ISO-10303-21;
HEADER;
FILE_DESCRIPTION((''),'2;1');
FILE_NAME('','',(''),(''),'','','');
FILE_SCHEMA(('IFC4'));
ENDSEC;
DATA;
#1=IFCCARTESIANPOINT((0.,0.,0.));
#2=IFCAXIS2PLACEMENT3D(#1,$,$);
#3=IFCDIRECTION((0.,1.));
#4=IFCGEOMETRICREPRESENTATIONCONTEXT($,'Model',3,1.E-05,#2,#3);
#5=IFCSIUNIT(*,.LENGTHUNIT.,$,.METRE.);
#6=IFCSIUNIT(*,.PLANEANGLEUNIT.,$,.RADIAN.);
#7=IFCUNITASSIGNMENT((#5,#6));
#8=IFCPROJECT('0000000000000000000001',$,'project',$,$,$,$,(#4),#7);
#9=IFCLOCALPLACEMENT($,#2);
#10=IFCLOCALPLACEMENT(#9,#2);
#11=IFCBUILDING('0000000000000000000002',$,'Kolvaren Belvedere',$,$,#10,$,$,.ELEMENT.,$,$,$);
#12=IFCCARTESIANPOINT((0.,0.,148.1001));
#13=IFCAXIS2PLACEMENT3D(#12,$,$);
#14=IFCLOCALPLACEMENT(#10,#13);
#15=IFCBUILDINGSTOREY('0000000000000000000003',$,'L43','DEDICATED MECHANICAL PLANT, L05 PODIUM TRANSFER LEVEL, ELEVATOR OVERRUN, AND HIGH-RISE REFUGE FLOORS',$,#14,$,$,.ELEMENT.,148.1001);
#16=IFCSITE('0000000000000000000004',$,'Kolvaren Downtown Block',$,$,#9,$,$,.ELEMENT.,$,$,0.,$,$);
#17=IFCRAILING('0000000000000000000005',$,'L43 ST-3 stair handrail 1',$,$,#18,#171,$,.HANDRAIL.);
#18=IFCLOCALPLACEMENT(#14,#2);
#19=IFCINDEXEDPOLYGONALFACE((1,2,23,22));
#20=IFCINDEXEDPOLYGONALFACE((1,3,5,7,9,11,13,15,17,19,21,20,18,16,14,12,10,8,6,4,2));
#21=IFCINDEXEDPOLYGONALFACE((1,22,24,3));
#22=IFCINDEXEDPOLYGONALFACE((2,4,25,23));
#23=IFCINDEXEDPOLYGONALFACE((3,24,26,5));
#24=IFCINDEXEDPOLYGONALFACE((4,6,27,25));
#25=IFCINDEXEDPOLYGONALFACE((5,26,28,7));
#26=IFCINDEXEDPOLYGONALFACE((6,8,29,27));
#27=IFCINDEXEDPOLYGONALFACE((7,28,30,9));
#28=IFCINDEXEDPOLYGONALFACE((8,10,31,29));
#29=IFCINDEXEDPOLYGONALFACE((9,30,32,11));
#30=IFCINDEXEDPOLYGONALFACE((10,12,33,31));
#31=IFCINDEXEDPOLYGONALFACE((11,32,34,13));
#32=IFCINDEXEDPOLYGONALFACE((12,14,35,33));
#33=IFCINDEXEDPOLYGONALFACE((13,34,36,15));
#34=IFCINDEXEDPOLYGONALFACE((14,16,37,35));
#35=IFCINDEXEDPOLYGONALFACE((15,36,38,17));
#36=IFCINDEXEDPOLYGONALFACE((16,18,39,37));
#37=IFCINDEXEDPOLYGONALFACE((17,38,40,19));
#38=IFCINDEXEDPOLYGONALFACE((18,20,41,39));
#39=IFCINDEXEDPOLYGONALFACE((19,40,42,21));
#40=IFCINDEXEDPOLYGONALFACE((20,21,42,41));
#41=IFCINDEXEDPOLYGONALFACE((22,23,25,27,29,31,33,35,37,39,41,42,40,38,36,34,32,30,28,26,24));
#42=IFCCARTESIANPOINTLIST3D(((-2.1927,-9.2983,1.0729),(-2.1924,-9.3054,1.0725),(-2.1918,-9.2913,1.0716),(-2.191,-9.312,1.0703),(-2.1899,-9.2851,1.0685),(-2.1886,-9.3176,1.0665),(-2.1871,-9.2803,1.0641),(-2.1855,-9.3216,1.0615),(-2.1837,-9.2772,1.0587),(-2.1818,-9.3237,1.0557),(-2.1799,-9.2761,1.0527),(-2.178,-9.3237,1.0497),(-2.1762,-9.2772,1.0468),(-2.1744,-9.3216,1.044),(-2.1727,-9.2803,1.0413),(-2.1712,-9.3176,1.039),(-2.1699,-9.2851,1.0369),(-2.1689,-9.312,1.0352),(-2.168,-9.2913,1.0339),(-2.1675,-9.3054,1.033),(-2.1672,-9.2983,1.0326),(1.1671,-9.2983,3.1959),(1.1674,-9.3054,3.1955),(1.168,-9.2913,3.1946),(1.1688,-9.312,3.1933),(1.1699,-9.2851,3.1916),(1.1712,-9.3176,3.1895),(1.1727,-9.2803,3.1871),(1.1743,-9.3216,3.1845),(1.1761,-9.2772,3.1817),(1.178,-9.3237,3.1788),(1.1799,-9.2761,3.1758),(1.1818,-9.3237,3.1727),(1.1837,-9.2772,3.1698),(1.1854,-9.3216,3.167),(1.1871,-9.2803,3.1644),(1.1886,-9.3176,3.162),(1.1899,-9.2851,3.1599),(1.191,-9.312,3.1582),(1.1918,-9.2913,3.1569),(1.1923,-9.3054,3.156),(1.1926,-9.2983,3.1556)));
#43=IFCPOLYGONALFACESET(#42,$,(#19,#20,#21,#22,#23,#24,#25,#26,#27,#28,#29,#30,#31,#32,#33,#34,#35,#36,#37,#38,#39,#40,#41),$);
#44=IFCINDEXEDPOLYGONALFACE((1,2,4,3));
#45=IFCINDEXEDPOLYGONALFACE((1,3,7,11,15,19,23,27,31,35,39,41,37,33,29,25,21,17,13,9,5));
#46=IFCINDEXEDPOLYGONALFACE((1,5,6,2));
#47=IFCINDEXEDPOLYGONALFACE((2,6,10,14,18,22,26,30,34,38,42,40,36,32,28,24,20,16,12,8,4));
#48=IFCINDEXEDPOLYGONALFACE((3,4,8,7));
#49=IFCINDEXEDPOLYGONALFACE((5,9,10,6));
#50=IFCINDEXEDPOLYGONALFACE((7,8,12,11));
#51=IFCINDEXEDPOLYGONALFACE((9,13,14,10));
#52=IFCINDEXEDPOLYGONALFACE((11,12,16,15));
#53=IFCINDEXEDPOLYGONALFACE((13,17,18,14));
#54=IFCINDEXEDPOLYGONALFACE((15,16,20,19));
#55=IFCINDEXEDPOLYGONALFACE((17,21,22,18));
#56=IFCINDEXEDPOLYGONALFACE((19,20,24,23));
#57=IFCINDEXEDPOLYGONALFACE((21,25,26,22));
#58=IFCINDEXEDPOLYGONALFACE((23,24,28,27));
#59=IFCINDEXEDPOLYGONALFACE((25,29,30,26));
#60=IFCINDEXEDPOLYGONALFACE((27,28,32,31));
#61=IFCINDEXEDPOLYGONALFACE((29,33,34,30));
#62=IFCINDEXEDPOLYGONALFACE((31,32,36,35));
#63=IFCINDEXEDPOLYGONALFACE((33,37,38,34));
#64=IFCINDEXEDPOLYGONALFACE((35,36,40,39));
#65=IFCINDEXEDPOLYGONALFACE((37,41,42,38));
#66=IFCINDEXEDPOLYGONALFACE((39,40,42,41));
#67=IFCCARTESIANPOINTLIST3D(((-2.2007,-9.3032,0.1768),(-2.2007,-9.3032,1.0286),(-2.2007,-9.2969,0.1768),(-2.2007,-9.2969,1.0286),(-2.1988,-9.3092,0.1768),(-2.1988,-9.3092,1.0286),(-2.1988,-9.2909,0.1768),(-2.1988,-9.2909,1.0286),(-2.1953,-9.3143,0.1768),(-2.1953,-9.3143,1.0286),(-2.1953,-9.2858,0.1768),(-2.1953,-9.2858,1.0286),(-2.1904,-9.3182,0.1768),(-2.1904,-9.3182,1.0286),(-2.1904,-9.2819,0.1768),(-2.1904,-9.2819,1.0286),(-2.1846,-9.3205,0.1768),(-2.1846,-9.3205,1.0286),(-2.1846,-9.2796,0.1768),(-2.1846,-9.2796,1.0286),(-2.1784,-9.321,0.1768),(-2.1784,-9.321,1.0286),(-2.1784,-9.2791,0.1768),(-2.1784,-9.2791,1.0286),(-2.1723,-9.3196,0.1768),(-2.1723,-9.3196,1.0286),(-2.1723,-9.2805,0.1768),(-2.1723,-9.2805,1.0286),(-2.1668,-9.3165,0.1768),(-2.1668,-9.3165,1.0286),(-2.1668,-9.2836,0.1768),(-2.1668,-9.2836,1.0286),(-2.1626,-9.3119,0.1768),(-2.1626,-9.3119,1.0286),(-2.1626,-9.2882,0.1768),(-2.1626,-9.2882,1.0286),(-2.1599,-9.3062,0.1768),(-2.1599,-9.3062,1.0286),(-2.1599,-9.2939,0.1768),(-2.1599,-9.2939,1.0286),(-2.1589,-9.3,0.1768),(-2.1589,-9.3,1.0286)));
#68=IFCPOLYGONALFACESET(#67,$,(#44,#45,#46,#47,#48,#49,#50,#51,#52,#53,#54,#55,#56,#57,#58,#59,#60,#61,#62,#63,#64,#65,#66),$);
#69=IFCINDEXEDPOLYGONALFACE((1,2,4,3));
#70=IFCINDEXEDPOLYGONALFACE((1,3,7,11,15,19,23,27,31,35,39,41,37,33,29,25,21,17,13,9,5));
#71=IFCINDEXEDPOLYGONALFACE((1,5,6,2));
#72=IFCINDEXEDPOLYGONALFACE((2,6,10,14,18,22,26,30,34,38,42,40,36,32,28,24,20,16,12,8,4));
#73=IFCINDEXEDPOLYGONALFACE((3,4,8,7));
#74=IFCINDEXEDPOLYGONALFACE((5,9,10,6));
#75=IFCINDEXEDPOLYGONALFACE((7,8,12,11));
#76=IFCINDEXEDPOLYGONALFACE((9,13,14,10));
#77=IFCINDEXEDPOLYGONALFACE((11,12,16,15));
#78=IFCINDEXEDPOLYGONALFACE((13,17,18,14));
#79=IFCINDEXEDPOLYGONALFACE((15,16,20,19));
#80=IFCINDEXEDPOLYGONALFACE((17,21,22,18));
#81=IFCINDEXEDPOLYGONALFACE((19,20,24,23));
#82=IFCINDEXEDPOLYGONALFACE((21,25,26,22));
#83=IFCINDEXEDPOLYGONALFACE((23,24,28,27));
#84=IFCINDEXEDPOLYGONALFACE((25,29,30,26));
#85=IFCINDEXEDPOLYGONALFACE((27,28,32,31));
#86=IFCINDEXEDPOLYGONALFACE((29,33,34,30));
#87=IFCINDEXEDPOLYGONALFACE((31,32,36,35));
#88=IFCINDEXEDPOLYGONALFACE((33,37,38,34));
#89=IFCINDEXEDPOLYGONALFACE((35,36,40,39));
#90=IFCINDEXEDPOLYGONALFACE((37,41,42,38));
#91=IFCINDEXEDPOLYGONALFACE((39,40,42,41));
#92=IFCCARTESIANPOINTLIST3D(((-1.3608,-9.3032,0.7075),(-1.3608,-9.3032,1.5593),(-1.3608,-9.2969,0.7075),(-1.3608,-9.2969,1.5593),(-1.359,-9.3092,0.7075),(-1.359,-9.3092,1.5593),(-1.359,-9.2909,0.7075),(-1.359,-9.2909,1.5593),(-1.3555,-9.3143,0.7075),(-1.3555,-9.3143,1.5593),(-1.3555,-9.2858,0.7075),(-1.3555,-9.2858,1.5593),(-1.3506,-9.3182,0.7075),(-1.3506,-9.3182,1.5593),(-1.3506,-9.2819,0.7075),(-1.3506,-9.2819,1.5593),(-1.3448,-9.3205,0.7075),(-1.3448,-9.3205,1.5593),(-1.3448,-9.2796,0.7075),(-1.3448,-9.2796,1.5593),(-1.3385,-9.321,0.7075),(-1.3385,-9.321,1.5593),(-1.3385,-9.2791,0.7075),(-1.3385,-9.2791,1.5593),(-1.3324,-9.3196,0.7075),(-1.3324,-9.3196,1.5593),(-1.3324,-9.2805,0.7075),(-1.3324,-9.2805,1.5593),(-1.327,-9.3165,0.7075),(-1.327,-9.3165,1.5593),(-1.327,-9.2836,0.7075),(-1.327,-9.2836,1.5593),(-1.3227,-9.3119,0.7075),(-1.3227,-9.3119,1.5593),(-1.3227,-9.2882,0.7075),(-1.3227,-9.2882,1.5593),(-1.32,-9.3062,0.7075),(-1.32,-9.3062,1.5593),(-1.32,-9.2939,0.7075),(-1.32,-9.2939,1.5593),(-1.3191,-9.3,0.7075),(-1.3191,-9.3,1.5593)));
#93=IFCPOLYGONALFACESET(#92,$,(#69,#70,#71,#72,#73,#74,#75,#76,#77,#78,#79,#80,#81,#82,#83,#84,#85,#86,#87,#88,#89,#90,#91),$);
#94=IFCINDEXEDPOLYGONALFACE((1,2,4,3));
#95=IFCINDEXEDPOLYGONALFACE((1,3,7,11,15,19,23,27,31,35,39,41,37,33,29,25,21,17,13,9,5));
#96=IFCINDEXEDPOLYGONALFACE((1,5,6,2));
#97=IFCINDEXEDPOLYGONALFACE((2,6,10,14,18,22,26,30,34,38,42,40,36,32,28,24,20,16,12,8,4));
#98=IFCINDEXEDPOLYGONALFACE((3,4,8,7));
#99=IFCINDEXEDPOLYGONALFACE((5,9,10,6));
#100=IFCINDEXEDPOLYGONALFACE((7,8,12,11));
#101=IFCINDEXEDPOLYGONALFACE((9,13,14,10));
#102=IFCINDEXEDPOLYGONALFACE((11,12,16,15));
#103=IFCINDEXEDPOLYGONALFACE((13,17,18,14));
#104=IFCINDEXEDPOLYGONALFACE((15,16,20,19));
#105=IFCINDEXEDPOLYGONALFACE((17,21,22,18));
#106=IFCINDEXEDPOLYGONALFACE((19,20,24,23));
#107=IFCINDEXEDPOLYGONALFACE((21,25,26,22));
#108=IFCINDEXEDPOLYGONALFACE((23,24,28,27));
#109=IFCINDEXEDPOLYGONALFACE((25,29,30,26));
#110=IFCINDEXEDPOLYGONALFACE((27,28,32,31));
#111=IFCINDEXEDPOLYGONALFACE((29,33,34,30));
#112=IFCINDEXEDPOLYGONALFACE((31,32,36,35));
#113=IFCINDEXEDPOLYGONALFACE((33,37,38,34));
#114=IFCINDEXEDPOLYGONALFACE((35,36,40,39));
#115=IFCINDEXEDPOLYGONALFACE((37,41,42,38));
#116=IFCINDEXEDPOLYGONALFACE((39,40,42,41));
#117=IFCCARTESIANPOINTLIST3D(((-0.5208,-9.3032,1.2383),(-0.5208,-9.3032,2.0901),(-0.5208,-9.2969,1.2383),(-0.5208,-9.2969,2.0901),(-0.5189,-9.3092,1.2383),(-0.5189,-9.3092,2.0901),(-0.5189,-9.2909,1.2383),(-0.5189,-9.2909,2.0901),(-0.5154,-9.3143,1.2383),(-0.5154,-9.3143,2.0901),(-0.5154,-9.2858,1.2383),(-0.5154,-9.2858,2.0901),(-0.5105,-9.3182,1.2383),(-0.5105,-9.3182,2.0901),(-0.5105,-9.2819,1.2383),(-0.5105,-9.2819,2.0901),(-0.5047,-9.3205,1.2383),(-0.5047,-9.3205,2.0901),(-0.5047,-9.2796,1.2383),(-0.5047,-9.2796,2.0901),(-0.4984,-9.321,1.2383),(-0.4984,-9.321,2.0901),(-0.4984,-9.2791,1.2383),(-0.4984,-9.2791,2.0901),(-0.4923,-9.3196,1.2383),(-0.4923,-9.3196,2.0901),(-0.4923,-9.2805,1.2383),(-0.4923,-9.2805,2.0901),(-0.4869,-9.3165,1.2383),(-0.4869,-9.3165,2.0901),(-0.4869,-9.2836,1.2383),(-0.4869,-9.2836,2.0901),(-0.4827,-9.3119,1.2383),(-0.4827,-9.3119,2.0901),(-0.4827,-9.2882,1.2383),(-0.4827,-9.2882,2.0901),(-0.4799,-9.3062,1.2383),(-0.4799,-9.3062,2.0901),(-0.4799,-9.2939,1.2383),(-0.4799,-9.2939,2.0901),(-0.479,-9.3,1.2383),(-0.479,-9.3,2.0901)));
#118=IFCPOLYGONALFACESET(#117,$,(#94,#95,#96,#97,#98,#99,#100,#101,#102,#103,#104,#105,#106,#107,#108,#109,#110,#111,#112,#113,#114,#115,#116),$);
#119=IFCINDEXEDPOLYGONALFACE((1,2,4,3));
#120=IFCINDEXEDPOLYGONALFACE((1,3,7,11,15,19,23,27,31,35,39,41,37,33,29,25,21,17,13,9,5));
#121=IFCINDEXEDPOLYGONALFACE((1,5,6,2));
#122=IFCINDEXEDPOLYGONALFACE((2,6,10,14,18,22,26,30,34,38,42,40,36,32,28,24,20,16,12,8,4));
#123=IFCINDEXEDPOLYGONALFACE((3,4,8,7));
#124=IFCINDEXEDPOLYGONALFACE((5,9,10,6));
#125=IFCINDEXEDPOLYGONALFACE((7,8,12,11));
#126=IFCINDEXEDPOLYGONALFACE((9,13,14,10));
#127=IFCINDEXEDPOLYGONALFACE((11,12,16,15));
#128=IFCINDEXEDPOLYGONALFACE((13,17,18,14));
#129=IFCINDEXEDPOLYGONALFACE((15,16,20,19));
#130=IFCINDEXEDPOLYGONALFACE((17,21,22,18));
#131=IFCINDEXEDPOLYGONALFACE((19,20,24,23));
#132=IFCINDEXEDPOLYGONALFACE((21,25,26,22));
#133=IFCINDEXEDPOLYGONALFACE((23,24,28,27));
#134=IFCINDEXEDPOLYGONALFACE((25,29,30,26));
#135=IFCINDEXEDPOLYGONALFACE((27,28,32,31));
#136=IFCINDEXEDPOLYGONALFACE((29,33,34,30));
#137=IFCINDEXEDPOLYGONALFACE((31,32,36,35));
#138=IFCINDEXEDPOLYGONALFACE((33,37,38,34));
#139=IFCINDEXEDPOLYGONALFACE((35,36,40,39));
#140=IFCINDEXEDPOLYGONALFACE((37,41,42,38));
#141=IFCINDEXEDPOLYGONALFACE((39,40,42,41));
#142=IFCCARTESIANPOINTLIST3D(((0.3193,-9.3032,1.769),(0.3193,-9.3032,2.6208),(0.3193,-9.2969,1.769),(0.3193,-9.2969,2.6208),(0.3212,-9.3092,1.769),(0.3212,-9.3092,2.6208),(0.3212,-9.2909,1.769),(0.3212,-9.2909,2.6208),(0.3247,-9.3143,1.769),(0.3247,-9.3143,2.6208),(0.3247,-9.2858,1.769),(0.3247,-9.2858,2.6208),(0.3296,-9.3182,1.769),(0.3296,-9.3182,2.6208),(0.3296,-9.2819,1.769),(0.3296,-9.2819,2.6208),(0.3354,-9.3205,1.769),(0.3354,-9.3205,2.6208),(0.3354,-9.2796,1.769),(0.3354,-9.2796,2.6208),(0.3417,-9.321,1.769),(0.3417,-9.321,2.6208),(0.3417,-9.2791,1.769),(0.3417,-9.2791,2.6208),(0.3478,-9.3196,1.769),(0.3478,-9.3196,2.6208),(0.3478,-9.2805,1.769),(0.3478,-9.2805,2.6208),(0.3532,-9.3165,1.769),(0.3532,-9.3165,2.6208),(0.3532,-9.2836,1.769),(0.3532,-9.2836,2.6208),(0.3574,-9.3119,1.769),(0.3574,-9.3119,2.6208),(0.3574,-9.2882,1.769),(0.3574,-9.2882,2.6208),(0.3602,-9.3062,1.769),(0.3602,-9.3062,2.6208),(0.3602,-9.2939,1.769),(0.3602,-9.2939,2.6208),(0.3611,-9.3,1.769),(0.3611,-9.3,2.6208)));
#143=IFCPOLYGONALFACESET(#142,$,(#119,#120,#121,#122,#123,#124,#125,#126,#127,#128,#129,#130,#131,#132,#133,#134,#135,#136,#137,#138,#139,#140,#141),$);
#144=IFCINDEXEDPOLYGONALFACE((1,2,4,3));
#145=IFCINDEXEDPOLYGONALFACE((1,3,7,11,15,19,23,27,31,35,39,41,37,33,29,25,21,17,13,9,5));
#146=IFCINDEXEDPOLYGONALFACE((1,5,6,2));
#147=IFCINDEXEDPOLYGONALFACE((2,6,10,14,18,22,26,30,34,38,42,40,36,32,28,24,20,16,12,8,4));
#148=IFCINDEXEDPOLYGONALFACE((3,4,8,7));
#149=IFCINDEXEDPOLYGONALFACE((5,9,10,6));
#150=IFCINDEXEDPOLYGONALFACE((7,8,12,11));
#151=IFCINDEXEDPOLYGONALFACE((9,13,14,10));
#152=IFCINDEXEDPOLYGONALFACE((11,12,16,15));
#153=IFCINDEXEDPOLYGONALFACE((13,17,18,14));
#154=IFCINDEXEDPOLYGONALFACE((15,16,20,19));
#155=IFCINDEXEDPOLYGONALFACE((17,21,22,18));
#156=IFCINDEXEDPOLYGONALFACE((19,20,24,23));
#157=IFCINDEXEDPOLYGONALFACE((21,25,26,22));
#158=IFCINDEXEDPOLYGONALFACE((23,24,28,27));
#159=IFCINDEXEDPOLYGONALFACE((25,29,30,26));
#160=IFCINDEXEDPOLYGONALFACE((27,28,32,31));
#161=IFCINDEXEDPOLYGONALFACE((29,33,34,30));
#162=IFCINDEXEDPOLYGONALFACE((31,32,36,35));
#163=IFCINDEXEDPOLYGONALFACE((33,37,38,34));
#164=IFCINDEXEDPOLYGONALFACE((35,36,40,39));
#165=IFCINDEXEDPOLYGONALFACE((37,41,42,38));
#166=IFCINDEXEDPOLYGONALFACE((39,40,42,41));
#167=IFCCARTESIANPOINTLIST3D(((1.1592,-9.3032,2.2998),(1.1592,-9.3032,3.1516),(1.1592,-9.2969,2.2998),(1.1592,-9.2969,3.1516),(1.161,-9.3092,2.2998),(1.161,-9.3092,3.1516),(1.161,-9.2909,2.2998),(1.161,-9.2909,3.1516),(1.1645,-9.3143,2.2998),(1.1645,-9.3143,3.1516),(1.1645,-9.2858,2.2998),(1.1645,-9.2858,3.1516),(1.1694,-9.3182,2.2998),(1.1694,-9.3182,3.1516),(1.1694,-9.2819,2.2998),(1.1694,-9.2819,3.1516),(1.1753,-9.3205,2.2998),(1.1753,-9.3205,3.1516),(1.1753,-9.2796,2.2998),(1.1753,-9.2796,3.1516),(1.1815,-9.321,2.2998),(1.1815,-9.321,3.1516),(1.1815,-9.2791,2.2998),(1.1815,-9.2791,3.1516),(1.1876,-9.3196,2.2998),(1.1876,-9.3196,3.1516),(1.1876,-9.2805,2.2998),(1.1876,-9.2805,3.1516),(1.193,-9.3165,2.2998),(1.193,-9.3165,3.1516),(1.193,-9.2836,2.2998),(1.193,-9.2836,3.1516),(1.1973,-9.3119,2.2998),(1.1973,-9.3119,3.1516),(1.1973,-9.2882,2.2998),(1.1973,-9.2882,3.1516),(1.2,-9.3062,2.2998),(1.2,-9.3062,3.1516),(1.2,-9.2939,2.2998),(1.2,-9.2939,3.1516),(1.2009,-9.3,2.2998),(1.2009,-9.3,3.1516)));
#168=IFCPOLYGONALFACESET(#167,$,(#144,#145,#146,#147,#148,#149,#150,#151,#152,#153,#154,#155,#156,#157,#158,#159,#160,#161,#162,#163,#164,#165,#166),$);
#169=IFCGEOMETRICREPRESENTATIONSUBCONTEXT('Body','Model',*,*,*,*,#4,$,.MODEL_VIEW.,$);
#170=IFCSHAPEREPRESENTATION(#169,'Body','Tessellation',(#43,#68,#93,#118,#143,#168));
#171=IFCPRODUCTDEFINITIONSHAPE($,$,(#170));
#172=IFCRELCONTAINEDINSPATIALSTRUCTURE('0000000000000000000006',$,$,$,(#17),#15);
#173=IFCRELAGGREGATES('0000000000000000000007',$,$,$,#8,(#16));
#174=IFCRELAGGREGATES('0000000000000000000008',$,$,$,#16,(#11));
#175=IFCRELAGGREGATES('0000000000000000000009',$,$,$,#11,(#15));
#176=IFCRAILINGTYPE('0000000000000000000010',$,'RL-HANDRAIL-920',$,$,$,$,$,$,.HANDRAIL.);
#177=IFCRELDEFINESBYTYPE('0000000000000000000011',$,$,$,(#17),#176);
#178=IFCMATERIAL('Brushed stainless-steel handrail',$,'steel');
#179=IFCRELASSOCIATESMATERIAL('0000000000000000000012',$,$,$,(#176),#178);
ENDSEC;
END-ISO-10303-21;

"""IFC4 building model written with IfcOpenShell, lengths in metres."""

from ifc_helpers import new_model, si_unit, direction, frame, origin, origin_2d, place, context, subcontext, project, spatial, circle, extrude, material, type_object, element, save


model = new_model("IFC4")

# Units and contexts
model_context = context("Model", 3, precision=1e-05, world=origin(), true_north=direction((0.0, 1.0)))
body_context = subcontext(model_context, "Body", "Model", "MODEL_VIEW")
ifc_project = project(units=[si_unit("LENGTHUNIT", "METRE"), si_unit("PLANEANGLEUNIT", "RADIAN")], contexts=[model_context])

# Site, building, storey
site_placement = place(None, origin())
site = spatial("IfcSite", under=ifc_project, at=site_placement, Name="Kolvaren Downtown Block", CompositionType="ELEMENT", RefElevation=0.0)
building_placement = place(site_placement, origin())
building = spatial("IfcBuilding", under=site, at=building_placement, Name="Kolvaren Belvedere", CompositionType="ELEMENT")
storey_placement = place(building_placement, frame((0.0, 0.0, 148.1001)))
storey = spatial("IfcBuildingStorey", under=building, at=storey_placement, Name="L43", Description="DEDICATED MECHANICAL PLANT, L05 PODIUM TRANSFER LEVEL, ELEVATOR OVERRUN, AND HIGH-RISE REFUGE FLOORS", CompositionType="ELEMENT", Elevation=148.1001)

# Railing
ifc_material_1 = material(Name="Brushed stainless-steel handrail", Category="steel")
railing_type = type_object("IfcRailingType", Name="RL-HANDRAIL-920", PredefinedType="HANDRAIL", material=ifc_material_1)
railing_placement = place(storey_placement, frame((-2.1799, -9.3, 0.1768)))
element("IfcRailing", 1, at=railing_placement, inside=storey, type_object=railing_type, Name="L43 ST-3 stair handrail 1", PredefinedType="HANDRAIL", context=body_context, shape_type="SweptSolid", body=[
    extrude(circle(Radius=0.0239, at=origin_2d()), frame((0.0, 0.0, 0.876), z_axis=(0.845372, 0.0, 0.534178), x_axis=(0.0, 1.0, 0.0)), (0.0, 0.0, 1.0), 3.9744),
    extrude(circle(Radius=0.021, at=origin_2d()), origin(), (0.0, 0.0, 1.0), 0.8518),
    extrude(circle(Radius=0.021, at=origin_2d()), frame((0.8398, 0.0, 0.5308)), (0.0, 0.0, 1.0), 0.8518),
    extrude(circle(Radius=0.021, at=origin_2d()), frame((1.6799, 0.0, 1.0615)), (0.0, 0.0, 1.0), 0.8518),
    extrude(circle(Radius=0.021, at=origin_2d()), frame((2.52, 0.0, 1.5923)), (0.0, 0.0, 1.0), 0.8518),
    extrude(circle(Radius=0.021, at=origin_2d()), frame((3.3599, 0.0, 2.123)), (0.0, 0.0, 1.0), 0.8518),
])

save(model, "model.ifc")
